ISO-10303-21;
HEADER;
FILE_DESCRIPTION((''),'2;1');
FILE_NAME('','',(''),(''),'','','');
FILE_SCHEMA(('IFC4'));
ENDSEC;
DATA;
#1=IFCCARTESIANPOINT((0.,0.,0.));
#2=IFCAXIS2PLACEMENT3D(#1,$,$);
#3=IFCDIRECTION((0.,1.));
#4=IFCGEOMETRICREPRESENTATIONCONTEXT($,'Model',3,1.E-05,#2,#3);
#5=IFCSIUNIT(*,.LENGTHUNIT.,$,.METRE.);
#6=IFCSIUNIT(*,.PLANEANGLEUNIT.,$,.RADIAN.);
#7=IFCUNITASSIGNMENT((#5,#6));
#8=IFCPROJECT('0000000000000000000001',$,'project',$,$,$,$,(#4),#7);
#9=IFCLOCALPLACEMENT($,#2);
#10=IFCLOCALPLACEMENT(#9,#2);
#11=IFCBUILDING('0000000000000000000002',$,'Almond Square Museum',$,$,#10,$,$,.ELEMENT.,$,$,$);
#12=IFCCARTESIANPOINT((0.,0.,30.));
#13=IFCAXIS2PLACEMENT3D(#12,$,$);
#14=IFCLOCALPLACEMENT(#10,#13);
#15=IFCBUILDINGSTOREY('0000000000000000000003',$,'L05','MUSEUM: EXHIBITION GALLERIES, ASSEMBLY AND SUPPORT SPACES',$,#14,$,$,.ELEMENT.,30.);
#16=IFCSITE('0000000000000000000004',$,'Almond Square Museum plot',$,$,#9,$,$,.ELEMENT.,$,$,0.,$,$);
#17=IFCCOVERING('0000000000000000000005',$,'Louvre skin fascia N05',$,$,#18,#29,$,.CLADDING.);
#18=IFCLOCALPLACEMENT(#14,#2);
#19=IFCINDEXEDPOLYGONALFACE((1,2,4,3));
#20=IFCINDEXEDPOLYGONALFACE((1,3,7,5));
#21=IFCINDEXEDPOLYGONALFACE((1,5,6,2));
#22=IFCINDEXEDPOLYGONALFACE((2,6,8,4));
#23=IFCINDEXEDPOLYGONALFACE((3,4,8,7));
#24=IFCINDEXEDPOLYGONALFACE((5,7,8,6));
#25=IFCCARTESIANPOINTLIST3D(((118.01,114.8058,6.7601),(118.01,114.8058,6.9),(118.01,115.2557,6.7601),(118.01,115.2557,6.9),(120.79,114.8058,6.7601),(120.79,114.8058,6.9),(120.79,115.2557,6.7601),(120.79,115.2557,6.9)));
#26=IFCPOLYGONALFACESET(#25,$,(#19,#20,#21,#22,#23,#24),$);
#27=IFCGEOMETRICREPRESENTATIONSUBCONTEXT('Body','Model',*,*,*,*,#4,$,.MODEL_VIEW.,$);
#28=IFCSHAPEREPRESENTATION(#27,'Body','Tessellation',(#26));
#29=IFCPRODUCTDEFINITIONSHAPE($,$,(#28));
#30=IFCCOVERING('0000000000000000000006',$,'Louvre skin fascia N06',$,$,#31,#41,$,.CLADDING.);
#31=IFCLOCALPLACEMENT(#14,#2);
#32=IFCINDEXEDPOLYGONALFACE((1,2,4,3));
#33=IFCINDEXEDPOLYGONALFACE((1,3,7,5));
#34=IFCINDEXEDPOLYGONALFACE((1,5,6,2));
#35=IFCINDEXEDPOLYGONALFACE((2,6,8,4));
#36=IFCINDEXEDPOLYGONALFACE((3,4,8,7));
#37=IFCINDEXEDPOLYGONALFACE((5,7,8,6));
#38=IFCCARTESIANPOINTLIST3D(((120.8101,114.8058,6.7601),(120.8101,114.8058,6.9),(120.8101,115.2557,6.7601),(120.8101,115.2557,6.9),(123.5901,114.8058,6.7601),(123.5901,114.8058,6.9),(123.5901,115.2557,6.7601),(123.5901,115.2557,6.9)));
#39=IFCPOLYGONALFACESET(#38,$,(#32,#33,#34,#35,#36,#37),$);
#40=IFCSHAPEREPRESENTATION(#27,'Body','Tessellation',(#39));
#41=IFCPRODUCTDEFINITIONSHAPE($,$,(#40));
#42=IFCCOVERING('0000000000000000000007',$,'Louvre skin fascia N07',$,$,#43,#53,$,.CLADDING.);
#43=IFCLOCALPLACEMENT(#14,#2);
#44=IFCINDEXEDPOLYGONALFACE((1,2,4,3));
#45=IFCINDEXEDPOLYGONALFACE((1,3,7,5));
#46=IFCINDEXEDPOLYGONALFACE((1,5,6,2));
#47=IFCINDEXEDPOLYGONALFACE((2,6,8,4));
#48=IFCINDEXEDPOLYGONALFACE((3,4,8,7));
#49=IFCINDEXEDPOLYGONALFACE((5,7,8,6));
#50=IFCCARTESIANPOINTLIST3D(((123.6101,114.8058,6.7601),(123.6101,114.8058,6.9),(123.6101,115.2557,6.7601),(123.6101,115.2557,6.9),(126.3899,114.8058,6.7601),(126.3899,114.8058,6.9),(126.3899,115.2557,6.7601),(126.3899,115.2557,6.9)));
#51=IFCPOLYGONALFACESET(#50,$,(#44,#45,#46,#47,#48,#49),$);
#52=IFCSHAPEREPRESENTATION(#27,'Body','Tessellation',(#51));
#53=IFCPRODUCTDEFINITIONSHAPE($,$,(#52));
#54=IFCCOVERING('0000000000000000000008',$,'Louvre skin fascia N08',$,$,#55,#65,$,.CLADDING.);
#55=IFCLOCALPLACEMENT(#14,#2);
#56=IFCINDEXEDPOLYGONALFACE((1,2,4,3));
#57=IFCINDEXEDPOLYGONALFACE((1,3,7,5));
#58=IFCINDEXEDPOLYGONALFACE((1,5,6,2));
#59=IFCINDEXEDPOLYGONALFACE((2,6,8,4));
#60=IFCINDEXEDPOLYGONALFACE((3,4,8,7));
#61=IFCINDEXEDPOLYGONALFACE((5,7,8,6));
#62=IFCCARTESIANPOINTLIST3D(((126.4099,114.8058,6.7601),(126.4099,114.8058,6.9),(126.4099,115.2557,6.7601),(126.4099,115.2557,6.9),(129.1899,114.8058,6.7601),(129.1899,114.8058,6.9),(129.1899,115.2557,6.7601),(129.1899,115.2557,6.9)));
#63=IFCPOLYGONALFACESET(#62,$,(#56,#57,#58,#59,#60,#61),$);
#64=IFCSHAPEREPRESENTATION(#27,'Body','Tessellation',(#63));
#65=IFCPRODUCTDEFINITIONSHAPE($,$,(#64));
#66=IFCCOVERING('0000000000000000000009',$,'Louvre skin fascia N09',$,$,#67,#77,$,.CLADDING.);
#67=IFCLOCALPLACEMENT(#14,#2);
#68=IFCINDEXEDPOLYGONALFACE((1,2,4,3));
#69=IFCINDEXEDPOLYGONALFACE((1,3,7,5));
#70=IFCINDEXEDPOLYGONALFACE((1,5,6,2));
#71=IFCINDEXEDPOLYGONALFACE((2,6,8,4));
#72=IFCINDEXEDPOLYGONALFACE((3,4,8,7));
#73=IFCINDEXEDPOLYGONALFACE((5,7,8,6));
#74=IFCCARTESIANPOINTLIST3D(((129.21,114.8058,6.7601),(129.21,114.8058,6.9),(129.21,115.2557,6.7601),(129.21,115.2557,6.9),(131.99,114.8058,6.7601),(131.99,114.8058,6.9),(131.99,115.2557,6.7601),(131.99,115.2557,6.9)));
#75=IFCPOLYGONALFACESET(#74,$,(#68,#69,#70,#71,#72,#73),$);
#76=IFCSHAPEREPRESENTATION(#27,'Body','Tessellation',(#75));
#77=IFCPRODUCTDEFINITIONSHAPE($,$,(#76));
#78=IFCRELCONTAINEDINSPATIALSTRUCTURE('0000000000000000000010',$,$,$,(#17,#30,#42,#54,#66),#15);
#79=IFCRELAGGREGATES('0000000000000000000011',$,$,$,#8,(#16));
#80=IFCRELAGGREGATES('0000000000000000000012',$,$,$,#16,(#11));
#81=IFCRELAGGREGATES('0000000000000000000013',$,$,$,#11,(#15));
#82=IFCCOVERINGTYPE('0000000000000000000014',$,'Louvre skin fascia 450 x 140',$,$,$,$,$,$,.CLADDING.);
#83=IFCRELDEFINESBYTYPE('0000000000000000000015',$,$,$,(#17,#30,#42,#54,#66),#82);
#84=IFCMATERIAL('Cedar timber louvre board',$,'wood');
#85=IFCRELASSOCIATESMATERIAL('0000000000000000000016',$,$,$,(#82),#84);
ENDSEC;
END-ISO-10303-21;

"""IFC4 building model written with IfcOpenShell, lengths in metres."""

from ifc_helpers import new_model, si_unit, direction, frame, origin, origin_2d, place, context, subcontext, project, spatial, rectangle, extrude, material, material_profile, profile_set, type_object, element, save


model = new_model("IFC4")

# Units and contexts
model_context = context("Model", 3, precision=1e-05, world=origin(), true_north=direction((0.0, 1.0)))
body_context = subcontext(model_context, "Body", "Model", "MODEL_VIEW")
ifc_project = project(units=[si_unit("LENGTHUNIT", "METRE"), si_unit("PLANEANGLEUNIT", "RADIAN")], contexts=[model_context])

# Site, building, storey
site_placement = place(None, origin())
site = spatial("IfcSite", under=ifc_project, at=site_placement, Name="Almond Square Museum plot", CompositionType="ELEMENT", RefElevation=0.0)
building_placement = place(site_placement, origin())
building = spatial("IfcBuilding", under=site, at=building_placement, Name="Almond Square Museum", CompositionType="ELEMENT")
storey_placement = place(building_placement, frame((0.0, 0.0, 30.0)))
storey = spatial("IfcBuildingStorey", under=building, at=storey_placement, Name="L05", Description="MUSEUM: EXHIBITION GALLERIES, ASSEMBLY AND SUPPORT SPACES", CompositionType="ELEMENT", Elevation=30.0)

# Coverings
ifc_material_1 = material(Name="Cedar timber louvre board", Category="wood")
ifc_material_profile_1 = material_profile(ifc_material_1, rectangle(XDim=0.45, YDim=0.1399, at=origin_2d()))
ifc_profile_set_1 = profile_set([ifc_material_profile_1], Name="Cedar timber louvre board")
covering_type_1 = type_object("IfcCoveringType", Name="Louvre skin fascia 450 x 140", PredefinedType="CLADDING", material=ifc_profile_set_1)
for number, where, z_axis, x_axis, name in (
    (1, (118.01, 115.0308, 6.8301), (1.0, 0.0, 0.0), (0.0, 1.0, 0.0), "Louvre skin fascia N05"),
    (2, (120.8101, 115.0308, 6.8301), (1.0, 0.0, 0.0), (0.0, 1.0, 0.0), "Louvre skin fascia N06"),
):
    element("IfcCovering", number, at=place(storey_placement, frame(where, z_axis=z_axis, x_axis=x_axis)), inside=storey, type_object=covering_type_1, Name=name, PredefinedType="CLADDING", context=body_context, shape_type="SweptSolid", body=[
        extrude(rectangle(XDim=0.45, YDim=0.1399, at=origin_2d()), origin(), (0.0, 0.0, 1.0), 2.78),
    ])
covering_placement = place(storey_placement, frame((123.6101, 115.0308, 6.8301), z_axis=(1.0, 0.0, 0.0), x_axis=(0.0, 1.0, 0.0)))
element("IfcCovering", 3, at=covering_placement, inside=storey, type_object=covering_type_1, Name="Louvre skin fascia N07", PredefinedType="CLADDING", context=body_context, shape_type="SweptSolid", body=[
    extrude(rectangle(XDim=0.45, YDim=0.1399, at=origin_2d()), origin(), (0.0, 0.0, 1.0), 2.7798),
])
for number, where, z_axis, x_axis, name in (
    (4, (126.4099, 115.0308, 6.8301), (1.0, 0.0, 0.0), (0.0, 1.0, 0.0), "Louvre skin fascia N08"),
    (5, (129.21, 115.0308, 6.8301), (1.0, 0.0, 0.0), (0.0, 1.0, 0.0), "Louvre skin fascia N09"),
):
    element("IfcCovering", number, at=place(storey_placement, frame(where, z_axis=z_axis, x_axis=x_axis)), inside=storey, type_object=covering_type_1, Name=name, PredefinedType="CLADDING", context=body_context, shape_type="SweptSolid", body=[
        extrude(rectangle(XDim=0.45, YDim=0.1399, at=origin_2d()), origin(), (0.0, 0.0, 1.0), 2.78),
    ])

save(model, "model.ifc")
